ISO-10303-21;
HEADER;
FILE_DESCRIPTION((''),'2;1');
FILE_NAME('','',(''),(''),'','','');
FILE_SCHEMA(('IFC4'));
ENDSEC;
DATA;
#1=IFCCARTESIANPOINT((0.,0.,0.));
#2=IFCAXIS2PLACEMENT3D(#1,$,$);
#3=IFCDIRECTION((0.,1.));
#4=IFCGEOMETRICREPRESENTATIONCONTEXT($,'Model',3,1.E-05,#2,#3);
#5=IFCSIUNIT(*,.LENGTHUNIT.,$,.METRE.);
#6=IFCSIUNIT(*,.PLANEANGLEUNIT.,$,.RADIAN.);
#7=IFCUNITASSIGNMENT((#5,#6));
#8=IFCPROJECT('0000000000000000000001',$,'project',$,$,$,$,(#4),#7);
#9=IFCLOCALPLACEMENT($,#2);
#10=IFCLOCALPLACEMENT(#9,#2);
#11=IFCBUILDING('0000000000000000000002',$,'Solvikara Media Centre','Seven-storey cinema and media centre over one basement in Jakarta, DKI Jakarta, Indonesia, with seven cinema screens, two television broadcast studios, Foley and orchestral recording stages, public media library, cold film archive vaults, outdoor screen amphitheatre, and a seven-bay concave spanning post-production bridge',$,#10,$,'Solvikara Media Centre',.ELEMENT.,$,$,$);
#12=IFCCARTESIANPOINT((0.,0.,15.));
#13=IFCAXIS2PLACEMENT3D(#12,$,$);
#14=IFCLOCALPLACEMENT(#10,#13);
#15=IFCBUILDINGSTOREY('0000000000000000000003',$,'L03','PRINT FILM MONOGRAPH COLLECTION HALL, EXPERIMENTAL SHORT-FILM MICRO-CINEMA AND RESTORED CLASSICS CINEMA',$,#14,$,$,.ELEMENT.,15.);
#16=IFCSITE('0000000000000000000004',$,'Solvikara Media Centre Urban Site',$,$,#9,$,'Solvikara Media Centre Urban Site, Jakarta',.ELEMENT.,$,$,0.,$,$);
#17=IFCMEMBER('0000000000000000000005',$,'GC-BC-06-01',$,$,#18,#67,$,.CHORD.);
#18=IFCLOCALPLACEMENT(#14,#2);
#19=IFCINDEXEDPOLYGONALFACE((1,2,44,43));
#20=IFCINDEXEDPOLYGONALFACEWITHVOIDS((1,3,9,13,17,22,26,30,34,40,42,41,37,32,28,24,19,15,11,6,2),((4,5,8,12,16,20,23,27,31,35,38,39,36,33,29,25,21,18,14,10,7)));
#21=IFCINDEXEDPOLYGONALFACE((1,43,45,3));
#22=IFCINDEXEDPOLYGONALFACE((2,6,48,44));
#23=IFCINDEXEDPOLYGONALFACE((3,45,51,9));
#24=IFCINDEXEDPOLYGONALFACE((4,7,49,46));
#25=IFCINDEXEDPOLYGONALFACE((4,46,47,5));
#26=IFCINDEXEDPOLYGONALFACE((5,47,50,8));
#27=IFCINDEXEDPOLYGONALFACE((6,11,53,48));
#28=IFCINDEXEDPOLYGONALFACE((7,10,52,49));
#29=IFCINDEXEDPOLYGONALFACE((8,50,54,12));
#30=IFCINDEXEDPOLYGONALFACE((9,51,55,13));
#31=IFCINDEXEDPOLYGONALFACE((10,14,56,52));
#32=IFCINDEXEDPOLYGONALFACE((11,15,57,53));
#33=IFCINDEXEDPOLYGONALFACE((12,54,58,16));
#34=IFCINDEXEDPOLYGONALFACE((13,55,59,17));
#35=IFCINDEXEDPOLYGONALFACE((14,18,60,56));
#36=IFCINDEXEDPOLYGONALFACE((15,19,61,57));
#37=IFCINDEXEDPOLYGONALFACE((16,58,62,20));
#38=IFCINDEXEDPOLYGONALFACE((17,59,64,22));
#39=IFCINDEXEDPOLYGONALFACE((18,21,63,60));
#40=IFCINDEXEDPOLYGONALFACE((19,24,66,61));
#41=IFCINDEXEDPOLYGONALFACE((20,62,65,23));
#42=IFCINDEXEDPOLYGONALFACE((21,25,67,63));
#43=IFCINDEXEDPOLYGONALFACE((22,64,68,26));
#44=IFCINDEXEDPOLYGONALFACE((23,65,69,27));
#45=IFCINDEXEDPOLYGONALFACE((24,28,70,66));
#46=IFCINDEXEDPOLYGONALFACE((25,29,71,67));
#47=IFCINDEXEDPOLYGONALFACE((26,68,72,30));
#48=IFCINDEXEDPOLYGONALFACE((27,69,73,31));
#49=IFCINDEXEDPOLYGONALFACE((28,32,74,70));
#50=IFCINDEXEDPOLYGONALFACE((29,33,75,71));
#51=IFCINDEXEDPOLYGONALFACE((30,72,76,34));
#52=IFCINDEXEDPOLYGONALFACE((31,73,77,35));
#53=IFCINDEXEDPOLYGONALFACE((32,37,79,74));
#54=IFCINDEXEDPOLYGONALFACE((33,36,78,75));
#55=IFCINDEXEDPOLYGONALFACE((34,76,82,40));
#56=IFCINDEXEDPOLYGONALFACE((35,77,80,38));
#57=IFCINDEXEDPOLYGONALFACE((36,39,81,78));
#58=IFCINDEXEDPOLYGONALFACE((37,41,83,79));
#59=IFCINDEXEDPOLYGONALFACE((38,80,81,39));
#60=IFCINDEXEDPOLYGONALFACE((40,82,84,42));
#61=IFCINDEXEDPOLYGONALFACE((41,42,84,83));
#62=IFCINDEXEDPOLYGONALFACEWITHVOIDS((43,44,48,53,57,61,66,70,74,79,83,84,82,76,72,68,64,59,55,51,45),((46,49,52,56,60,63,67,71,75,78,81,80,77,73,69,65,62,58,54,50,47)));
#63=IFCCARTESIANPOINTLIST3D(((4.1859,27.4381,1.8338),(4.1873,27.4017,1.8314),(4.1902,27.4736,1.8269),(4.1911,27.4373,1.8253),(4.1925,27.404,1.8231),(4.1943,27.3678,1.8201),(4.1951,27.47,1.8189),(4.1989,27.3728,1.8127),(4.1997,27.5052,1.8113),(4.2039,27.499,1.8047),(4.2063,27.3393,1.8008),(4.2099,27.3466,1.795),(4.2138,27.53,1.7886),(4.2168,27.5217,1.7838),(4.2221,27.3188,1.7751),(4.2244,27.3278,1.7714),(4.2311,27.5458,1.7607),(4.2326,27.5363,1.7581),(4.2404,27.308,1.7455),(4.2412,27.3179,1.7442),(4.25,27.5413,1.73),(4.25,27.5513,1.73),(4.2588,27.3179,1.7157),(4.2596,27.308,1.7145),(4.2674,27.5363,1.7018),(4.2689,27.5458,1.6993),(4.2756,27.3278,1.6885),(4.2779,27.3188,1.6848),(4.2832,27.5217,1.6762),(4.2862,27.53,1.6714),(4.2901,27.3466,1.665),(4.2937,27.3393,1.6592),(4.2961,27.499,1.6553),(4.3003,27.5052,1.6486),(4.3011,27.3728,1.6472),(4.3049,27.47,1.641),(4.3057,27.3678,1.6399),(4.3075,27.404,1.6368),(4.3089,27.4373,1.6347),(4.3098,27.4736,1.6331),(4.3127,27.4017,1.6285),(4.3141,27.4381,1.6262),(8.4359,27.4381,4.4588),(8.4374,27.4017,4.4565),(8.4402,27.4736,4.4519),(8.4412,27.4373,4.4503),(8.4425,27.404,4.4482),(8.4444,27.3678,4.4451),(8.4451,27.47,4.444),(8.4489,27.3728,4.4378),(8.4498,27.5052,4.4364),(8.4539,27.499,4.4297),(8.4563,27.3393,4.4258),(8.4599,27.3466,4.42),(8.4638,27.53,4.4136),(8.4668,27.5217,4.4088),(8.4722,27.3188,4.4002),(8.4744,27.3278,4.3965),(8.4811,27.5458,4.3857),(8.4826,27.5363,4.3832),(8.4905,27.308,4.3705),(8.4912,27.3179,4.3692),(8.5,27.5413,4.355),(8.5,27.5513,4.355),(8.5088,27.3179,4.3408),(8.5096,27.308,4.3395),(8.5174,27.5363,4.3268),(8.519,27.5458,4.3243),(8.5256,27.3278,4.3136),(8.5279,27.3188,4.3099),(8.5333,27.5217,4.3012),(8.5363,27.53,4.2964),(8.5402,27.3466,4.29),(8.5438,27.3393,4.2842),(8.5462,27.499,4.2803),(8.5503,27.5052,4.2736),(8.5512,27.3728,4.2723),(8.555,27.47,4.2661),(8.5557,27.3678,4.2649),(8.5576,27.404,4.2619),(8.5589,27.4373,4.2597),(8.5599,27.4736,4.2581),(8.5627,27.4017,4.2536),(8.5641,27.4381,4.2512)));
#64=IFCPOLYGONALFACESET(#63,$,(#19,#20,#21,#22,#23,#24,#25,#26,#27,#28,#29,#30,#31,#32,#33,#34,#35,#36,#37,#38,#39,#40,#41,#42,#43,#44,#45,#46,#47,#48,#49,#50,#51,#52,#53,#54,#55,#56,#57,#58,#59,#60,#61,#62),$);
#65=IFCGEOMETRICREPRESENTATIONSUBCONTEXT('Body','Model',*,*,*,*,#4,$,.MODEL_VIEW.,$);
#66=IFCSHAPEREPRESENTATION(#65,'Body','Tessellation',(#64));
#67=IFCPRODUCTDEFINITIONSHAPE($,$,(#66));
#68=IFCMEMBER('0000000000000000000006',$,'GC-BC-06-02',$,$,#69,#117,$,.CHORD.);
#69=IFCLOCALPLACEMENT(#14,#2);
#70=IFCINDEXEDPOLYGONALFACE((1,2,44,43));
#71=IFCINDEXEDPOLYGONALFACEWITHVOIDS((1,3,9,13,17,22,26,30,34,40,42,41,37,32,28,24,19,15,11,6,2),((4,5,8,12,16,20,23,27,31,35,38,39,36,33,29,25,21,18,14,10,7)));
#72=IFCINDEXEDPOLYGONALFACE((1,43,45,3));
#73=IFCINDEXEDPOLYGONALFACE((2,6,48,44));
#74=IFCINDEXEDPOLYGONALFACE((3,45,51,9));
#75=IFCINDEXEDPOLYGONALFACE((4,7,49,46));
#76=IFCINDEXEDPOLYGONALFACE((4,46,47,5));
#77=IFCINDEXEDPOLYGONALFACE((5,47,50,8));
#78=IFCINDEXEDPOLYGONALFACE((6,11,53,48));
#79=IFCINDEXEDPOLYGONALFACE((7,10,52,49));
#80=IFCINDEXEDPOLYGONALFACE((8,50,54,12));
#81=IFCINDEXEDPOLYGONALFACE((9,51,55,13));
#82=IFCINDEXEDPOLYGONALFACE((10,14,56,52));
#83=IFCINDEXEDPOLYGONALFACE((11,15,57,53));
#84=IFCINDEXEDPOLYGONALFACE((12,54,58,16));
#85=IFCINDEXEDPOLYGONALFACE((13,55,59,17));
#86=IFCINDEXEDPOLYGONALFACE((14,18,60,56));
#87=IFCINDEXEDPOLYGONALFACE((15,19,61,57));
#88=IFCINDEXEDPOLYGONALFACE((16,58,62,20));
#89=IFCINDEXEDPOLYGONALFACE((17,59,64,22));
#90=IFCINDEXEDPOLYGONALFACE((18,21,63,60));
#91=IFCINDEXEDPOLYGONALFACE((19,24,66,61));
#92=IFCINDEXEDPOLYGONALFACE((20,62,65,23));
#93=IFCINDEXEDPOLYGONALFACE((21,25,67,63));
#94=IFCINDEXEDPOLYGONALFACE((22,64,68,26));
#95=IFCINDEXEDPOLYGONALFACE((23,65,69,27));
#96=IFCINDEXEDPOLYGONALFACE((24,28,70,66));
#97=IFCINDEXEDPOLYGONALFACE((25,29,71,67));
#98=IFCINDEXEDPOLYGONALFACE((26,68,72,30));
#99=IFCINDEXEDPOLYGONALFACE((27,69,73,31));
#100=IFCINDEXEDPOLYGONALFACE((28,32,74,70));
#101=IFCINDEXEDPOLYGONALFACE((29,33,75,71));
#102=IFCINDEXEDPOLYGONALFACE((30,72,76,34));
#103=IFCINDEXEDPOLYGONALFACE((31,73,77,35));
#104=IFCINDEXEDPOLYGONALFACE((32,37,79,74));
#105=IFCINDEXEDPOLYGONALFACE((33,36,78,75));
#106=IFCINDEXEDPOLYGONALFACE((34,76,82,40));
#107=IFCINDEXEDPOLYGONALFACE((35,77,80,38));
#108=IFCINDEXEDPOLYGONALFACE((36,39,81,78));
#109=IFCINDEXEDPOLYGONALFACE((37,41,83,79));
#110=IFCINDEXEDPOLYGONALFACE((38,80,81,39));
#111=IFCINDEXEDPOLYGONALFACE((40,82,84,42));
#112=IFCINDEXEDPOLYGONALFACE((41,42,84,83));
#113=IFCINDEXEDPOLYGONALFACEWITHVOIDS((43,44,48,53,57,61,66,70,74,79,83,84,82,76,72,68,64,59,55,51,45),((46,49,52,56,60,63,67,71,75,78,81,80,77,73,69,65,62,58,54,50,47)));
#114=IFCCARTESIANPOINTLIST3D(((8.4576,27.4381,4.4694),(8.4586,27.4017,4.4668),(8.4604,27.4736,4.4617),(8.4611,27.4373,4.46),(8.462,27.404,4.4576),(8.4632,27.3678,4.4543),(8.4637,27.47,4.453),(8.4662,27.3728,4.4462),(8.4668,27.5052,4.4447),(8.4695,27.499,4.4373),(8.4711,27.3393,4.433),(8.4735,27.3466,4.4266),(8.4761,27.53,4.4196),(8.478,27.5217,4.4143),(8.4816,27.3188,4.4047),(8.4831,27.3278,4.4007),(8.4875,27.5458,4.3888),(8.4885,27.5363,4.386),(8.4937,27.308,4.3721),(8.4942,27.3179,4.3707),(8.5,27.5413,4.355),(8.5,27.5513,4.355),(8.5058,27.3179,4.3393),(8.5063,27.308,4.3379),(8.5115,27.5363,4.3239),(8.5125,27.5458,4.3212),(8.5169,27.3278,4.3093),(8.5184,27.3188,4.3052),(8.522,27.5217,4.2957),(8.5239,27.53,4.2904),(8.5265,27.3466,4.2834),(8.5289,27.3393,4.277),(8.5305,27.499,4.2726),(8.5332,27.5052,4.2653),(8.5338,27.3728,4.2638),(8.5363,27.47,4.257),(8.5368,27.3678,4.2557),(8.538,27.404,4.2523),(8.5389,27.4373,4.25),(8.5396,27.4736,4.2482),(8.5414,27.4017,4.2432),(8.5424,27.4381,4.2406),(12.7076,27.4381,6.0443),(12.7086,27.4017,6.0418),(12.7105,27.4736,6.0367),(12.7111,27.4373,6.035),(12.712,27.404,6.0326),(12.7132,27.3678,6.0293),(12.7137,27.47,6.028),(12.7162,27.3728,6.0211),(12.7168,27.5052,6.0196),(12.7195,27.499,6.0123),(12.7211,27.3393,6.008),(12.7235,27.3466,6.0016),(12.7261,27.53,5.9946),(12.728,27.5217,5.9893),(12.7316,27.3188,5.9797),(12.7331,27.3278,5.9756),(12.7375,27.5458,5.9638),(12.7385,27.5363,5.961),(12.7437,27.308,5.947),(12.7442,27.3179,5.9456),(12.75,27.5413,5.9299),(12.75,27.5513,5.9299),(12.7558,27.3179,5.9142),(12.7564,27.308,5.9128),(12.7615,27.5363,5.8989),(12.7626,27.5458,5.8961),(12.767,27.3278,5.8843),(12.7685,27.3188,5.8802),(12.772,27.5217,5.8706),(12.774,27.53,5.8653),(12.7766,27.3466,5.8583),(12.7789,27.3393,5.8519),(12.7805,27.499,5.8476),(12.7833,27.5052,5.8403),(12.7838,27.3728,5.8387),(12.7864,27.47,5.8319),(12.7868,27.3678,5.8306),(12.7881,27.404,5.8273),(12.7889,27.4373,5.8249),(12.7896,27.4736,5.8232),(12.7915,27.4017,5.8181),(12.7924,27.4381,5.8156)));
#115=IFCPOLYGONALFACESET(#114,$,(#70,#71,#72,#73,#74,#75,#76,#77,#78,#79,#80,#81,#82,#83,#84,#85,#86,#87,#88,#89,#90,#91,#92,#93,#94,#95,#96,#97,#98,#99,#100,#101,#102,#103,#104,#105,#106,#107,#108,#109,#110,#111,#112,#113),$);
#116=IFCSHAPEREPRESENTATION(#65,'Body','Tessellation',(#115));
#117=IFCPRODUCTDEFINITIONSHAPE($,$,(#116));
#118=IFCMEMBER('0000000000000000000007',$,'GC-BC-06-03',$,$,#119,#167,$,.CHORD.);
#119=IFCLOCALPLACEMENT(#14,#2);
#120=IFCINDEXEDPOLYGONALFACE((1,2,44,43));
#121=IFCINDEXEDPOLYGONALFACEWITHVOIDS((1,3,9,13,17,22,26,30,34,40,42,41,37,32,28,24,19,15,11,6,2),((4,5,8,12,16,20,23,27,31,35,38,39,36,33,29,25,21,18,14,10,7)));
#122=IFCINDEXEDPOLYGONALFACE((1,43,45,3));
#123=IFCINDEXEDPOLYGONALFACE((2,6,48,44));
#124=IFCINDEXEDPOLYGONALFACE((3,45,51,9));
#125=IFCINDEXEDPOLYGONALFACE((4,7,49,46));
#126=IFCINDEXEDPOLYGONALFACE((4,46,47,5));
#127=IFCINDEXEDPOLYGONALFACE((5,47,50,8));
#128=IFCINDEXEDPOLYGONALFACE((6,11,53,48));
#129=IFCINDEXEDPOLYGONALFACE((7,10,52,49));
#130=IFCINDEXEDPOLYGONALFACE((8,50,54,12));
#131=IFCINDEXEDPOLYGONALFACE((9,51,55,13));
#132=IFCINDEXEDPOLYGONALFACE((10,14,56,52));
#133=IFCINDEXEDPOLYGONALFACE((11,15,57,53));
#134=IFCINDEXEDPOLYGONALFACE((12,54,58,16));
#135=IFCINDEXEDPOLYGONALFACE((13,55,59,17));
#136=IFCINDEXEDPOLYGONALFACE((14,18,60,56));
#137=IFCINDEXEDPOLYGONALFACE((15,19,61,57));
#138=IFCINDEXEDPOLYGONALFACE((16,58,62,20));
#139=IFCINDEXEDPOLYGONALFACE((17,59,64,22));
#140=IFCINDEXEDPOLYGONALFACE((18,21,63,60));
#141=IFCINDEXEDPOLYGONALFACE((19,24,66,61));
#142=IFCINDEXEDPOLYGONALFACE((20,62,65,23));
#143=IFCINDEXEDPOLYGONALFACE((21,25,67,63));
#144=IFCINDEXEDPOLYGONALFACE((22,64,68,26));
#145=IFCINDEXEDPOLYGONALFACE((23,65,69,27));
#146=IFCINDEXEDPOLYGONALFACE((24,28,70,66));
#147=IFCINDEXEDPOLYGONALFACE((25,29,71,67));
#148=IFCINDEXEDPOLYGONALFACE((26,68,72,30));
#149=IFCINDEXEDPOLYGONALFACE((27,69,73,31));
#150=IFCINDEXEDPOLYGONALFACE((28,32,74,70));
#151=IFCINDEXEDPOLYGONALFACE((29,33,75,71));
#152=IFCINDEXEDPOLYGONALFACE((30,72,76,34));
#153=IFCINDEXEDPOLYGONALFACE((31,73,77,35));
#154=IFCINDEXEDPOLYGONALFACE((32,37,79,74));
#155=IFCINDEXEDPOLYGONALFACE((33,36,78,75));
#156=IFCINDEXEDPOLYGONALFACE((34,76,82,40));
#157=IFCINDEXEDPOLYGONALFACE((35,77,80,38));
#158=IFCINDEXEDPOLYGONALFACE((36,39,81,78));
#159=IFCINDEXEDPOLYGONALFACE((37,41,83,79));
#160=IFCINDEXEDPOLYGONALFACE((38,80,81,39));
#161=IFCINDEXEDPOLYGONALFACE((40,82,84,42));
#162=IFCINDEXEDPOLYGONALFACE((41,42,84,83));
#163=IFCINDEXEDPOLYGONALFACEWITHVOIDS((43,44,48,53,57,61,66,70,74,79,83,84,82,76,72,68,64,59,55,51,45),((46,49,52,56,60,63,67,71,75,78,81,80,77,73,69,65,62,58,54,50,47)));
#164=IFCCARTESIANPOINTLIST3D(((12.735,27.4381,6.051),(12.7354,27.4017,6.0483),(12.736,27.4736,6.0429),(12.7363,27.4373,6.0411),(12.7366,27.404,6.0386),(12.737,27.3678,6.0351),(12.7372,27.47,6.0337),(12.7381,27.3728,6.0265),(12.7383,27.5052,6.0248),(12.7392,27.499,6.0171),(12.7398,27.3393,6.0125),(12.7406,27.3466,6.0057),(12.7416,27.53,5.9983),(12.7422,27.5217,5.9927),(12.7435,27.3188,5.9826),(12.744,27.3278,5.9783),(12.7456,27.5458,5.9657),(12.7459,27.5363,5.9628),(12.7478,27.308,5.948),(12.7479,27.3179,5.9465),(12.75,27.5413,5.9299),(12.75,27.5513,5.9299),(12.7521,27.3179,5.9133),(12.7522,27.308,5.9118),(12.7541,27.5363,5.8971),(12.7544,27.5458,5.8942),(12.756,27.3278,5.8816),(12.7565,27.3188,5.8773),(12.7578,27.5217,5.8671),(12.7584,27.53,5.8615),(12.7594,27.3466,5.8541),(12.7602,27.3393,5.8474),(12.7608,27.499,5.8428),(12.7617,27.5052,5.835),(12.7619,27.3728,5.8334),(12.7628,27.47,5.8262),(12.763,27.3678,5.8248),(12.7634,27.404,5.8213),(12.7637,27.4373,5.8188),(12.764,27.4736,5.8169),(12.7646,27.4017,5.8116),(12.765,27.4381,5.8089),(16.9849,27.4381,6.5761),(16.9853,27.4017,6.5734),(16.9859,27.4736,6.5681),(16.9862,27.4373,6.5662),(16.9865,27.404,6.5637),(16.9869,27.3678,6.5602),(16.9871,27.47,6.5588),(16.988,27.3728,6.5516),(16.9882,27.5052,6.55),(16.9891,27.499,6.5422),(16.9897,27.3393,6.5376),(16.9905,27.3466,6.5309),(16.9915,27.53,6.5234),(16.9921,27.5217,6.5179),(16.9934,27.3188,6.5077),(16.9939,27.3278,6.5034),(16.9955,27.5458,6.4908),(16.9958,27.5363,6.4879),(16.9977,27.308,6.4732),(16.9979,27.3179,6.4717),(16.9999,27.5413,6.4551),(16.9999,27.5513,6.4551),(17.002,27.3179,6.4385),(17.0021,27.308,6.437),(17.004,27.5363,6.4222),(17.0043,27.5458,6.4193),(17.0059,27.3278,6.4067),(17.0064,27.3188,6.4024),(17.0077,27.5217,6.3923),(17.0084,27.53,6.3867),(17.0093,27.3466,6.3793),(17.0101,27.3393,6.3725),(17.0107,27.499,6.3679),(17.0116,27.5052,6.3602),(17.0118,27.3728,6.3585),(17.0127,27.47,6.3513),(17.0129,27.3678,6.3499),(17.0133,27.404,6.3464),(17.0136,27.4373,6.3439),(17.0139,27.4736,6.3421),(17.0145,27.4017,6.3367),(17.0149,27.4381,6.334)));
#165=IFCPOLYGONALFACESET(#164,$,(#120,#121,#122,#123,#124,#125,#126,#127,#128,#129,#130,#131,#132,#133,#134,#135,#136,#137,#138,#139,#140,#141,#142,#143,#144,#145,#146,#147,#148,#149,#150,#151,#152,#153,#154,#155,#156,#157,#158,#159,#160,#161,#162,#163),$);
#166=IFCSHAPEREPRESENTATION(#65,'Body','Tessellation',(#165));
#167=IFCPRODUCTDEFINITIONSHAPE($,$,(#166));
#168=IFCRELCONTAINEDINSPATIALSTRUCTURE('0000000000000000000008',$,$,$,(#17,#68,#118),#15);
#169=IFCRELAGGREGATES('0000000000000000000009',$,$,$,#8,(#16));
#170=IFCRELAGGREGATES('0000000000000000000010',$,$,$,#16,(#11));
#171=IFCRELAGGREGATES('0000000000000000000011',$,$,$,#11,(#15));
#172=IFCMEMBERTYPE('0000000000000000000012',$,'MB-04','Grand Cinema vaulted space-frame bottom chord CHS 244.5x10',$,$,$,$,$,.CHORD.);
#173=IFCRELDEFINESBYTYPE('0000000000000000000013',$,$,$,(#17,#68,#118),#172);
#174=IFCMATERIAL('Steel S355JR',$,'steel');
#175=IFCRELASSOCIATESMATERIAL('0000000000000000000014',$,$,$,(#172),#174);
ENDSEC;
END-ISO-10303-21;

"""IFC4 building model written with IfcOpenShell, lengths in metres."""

from ifc_helpers import new_model, si_unit, direction, frame, origin, origin_2d, place, context, subcontext, project, spatial, hollow_circle, extrude, material, material_profile, profile_set, type_object, element, save


model = new_model("IFC4")

# Units and contexts
model_context = context("Model", 3, precision=1e-05, world=origin(), true_north=direction((0.0, 1.0)))
body_context = subcontext(model_context, "Body", "Model", "MODEL_VIEW")
ifc_project = project(units=[si_unit("LENGTHUNIT", "METRE"), si_unit("PLANEANGLEUNIT", "RADIAN")], contexts=[model_context])

# Site, building, storey
site_placement = place(None, origin())
site = spatial("IfcSite", under=ifc_project, at=site_placement, Name="Solvikara Media Centre Urban Site", LongName="Solvikara Media Centre Urban Site, Jakarta", CompositionType="ELEMENT", RefElevation=0.0)
building_placement = place(site_placement, origin())
building = spatial("IfcBuilding", under=site, at=building_placement, Name="Solvikara Media Centre", Description="Seven-storey cinema and media centre over one basement in Jakarta, DKI Jakarta, Indonesia, with seven cinema screens, two television broadcast studios, Foley and orchestral recording stages, public media library, cold film archive vaults, outdoor screen amphitheatre, and a seven-bay concave spanning post-production bridge", LongName="Solvikara Media Centre", CompositionType="ELEMENT")
storey_placement = place(building_placement, frame((0.0, 0.0, 15.0)))
storey = spatial("IfcBuildingStorey", under=building, at=storey_placement, Name="L03", Description="PRINT FILM MONOGRAPH COLLECTION HALL, EXPERIMENTAL SHORT-FILM MICRO-CINEMA AND RESTORED CLASSICS CINEMA", CompositionType="ELEMENT", Elevation=15.0)

# Shared definitions
ifc_material_1 = material(Name="Steel S355JR", Category="steel")

# Members
ifc_material_profile_1 = material_profile(ifc_material_1, hollow_circle(Radius=0.1223, WallThickness=0.01, at=origin_2d()), Name="CHS 244.5x10")
ifc_profile_set_1 = profile_set([ifc_material_profile_1], Name="Steel S355JR")
member_type_1 = type_object("IfcMemberType", Name="MB-04", Description="Grand Cinema vaulted space-frame bottom chord CHS 244.5x10", PredefinedType="CHORD", material=ifc_profile_set_1)
member_1_placement = place(storey_placement, frame((4.25, 27.429, 1.73), z_axis=(0.850798, 0.0, 0.525493), x_axis=(0.0, 1.0, 0.0)))
element("IfcMember", 1, at=member_1_placement, inside=storey, type_object=member_type_1, Name="GC-BC-06-01", PredefinedType="CHORD", context=body_context, shape_type="SweptSolid", body=[
    extrude(hollow_circle(Radius=0.1223, WallThickness=0.01, at=origin_2d()), origin(), (0.0, 0.0, 1.0), 4.9954),
])
member_2_placement = place(storey_placement, frame((8.5, 27.429, 4.355), z_axis=(0.937686, 0.0, 0.347485), x_axis=(0.0, 1.0, 0.0)))
element("IfcMember", 2, at=member_2_placement, inside=storey, type_object=member_type_1, Name="GC-BC-06-02", PredefinedType="CHORD", context=body_context, shape_type="SweptSolid", body=[
    extrude(hollow_circle(Radius=0.1223, WallThickness=0.01, at=origin_2d()), origin(), (0.0, 0.0, 1.0), 4.5325),
])
member_3_placement = place(storey_placement, frame((12.75, 27.429, 5.9299), z_axis=(0.992452, 0.0, 0.122631), x_axis=(0.0, 1.0, 0.0)))
element("IfcMember", 3, at=member_3_placement, inside=storey, type_object=member_type_1, Name="GC-BC-06-03", PredefinedType="CHORD", context=body_context, shape_type="SweptSolid", body=[
    extrude(hollow_circle(Radius=0.1223, WallThickness=0.01, at=origin_2d()), origin(), (0.0, 0.0, 1.0), 4.2822),
])

save(model, "model.ifc")
